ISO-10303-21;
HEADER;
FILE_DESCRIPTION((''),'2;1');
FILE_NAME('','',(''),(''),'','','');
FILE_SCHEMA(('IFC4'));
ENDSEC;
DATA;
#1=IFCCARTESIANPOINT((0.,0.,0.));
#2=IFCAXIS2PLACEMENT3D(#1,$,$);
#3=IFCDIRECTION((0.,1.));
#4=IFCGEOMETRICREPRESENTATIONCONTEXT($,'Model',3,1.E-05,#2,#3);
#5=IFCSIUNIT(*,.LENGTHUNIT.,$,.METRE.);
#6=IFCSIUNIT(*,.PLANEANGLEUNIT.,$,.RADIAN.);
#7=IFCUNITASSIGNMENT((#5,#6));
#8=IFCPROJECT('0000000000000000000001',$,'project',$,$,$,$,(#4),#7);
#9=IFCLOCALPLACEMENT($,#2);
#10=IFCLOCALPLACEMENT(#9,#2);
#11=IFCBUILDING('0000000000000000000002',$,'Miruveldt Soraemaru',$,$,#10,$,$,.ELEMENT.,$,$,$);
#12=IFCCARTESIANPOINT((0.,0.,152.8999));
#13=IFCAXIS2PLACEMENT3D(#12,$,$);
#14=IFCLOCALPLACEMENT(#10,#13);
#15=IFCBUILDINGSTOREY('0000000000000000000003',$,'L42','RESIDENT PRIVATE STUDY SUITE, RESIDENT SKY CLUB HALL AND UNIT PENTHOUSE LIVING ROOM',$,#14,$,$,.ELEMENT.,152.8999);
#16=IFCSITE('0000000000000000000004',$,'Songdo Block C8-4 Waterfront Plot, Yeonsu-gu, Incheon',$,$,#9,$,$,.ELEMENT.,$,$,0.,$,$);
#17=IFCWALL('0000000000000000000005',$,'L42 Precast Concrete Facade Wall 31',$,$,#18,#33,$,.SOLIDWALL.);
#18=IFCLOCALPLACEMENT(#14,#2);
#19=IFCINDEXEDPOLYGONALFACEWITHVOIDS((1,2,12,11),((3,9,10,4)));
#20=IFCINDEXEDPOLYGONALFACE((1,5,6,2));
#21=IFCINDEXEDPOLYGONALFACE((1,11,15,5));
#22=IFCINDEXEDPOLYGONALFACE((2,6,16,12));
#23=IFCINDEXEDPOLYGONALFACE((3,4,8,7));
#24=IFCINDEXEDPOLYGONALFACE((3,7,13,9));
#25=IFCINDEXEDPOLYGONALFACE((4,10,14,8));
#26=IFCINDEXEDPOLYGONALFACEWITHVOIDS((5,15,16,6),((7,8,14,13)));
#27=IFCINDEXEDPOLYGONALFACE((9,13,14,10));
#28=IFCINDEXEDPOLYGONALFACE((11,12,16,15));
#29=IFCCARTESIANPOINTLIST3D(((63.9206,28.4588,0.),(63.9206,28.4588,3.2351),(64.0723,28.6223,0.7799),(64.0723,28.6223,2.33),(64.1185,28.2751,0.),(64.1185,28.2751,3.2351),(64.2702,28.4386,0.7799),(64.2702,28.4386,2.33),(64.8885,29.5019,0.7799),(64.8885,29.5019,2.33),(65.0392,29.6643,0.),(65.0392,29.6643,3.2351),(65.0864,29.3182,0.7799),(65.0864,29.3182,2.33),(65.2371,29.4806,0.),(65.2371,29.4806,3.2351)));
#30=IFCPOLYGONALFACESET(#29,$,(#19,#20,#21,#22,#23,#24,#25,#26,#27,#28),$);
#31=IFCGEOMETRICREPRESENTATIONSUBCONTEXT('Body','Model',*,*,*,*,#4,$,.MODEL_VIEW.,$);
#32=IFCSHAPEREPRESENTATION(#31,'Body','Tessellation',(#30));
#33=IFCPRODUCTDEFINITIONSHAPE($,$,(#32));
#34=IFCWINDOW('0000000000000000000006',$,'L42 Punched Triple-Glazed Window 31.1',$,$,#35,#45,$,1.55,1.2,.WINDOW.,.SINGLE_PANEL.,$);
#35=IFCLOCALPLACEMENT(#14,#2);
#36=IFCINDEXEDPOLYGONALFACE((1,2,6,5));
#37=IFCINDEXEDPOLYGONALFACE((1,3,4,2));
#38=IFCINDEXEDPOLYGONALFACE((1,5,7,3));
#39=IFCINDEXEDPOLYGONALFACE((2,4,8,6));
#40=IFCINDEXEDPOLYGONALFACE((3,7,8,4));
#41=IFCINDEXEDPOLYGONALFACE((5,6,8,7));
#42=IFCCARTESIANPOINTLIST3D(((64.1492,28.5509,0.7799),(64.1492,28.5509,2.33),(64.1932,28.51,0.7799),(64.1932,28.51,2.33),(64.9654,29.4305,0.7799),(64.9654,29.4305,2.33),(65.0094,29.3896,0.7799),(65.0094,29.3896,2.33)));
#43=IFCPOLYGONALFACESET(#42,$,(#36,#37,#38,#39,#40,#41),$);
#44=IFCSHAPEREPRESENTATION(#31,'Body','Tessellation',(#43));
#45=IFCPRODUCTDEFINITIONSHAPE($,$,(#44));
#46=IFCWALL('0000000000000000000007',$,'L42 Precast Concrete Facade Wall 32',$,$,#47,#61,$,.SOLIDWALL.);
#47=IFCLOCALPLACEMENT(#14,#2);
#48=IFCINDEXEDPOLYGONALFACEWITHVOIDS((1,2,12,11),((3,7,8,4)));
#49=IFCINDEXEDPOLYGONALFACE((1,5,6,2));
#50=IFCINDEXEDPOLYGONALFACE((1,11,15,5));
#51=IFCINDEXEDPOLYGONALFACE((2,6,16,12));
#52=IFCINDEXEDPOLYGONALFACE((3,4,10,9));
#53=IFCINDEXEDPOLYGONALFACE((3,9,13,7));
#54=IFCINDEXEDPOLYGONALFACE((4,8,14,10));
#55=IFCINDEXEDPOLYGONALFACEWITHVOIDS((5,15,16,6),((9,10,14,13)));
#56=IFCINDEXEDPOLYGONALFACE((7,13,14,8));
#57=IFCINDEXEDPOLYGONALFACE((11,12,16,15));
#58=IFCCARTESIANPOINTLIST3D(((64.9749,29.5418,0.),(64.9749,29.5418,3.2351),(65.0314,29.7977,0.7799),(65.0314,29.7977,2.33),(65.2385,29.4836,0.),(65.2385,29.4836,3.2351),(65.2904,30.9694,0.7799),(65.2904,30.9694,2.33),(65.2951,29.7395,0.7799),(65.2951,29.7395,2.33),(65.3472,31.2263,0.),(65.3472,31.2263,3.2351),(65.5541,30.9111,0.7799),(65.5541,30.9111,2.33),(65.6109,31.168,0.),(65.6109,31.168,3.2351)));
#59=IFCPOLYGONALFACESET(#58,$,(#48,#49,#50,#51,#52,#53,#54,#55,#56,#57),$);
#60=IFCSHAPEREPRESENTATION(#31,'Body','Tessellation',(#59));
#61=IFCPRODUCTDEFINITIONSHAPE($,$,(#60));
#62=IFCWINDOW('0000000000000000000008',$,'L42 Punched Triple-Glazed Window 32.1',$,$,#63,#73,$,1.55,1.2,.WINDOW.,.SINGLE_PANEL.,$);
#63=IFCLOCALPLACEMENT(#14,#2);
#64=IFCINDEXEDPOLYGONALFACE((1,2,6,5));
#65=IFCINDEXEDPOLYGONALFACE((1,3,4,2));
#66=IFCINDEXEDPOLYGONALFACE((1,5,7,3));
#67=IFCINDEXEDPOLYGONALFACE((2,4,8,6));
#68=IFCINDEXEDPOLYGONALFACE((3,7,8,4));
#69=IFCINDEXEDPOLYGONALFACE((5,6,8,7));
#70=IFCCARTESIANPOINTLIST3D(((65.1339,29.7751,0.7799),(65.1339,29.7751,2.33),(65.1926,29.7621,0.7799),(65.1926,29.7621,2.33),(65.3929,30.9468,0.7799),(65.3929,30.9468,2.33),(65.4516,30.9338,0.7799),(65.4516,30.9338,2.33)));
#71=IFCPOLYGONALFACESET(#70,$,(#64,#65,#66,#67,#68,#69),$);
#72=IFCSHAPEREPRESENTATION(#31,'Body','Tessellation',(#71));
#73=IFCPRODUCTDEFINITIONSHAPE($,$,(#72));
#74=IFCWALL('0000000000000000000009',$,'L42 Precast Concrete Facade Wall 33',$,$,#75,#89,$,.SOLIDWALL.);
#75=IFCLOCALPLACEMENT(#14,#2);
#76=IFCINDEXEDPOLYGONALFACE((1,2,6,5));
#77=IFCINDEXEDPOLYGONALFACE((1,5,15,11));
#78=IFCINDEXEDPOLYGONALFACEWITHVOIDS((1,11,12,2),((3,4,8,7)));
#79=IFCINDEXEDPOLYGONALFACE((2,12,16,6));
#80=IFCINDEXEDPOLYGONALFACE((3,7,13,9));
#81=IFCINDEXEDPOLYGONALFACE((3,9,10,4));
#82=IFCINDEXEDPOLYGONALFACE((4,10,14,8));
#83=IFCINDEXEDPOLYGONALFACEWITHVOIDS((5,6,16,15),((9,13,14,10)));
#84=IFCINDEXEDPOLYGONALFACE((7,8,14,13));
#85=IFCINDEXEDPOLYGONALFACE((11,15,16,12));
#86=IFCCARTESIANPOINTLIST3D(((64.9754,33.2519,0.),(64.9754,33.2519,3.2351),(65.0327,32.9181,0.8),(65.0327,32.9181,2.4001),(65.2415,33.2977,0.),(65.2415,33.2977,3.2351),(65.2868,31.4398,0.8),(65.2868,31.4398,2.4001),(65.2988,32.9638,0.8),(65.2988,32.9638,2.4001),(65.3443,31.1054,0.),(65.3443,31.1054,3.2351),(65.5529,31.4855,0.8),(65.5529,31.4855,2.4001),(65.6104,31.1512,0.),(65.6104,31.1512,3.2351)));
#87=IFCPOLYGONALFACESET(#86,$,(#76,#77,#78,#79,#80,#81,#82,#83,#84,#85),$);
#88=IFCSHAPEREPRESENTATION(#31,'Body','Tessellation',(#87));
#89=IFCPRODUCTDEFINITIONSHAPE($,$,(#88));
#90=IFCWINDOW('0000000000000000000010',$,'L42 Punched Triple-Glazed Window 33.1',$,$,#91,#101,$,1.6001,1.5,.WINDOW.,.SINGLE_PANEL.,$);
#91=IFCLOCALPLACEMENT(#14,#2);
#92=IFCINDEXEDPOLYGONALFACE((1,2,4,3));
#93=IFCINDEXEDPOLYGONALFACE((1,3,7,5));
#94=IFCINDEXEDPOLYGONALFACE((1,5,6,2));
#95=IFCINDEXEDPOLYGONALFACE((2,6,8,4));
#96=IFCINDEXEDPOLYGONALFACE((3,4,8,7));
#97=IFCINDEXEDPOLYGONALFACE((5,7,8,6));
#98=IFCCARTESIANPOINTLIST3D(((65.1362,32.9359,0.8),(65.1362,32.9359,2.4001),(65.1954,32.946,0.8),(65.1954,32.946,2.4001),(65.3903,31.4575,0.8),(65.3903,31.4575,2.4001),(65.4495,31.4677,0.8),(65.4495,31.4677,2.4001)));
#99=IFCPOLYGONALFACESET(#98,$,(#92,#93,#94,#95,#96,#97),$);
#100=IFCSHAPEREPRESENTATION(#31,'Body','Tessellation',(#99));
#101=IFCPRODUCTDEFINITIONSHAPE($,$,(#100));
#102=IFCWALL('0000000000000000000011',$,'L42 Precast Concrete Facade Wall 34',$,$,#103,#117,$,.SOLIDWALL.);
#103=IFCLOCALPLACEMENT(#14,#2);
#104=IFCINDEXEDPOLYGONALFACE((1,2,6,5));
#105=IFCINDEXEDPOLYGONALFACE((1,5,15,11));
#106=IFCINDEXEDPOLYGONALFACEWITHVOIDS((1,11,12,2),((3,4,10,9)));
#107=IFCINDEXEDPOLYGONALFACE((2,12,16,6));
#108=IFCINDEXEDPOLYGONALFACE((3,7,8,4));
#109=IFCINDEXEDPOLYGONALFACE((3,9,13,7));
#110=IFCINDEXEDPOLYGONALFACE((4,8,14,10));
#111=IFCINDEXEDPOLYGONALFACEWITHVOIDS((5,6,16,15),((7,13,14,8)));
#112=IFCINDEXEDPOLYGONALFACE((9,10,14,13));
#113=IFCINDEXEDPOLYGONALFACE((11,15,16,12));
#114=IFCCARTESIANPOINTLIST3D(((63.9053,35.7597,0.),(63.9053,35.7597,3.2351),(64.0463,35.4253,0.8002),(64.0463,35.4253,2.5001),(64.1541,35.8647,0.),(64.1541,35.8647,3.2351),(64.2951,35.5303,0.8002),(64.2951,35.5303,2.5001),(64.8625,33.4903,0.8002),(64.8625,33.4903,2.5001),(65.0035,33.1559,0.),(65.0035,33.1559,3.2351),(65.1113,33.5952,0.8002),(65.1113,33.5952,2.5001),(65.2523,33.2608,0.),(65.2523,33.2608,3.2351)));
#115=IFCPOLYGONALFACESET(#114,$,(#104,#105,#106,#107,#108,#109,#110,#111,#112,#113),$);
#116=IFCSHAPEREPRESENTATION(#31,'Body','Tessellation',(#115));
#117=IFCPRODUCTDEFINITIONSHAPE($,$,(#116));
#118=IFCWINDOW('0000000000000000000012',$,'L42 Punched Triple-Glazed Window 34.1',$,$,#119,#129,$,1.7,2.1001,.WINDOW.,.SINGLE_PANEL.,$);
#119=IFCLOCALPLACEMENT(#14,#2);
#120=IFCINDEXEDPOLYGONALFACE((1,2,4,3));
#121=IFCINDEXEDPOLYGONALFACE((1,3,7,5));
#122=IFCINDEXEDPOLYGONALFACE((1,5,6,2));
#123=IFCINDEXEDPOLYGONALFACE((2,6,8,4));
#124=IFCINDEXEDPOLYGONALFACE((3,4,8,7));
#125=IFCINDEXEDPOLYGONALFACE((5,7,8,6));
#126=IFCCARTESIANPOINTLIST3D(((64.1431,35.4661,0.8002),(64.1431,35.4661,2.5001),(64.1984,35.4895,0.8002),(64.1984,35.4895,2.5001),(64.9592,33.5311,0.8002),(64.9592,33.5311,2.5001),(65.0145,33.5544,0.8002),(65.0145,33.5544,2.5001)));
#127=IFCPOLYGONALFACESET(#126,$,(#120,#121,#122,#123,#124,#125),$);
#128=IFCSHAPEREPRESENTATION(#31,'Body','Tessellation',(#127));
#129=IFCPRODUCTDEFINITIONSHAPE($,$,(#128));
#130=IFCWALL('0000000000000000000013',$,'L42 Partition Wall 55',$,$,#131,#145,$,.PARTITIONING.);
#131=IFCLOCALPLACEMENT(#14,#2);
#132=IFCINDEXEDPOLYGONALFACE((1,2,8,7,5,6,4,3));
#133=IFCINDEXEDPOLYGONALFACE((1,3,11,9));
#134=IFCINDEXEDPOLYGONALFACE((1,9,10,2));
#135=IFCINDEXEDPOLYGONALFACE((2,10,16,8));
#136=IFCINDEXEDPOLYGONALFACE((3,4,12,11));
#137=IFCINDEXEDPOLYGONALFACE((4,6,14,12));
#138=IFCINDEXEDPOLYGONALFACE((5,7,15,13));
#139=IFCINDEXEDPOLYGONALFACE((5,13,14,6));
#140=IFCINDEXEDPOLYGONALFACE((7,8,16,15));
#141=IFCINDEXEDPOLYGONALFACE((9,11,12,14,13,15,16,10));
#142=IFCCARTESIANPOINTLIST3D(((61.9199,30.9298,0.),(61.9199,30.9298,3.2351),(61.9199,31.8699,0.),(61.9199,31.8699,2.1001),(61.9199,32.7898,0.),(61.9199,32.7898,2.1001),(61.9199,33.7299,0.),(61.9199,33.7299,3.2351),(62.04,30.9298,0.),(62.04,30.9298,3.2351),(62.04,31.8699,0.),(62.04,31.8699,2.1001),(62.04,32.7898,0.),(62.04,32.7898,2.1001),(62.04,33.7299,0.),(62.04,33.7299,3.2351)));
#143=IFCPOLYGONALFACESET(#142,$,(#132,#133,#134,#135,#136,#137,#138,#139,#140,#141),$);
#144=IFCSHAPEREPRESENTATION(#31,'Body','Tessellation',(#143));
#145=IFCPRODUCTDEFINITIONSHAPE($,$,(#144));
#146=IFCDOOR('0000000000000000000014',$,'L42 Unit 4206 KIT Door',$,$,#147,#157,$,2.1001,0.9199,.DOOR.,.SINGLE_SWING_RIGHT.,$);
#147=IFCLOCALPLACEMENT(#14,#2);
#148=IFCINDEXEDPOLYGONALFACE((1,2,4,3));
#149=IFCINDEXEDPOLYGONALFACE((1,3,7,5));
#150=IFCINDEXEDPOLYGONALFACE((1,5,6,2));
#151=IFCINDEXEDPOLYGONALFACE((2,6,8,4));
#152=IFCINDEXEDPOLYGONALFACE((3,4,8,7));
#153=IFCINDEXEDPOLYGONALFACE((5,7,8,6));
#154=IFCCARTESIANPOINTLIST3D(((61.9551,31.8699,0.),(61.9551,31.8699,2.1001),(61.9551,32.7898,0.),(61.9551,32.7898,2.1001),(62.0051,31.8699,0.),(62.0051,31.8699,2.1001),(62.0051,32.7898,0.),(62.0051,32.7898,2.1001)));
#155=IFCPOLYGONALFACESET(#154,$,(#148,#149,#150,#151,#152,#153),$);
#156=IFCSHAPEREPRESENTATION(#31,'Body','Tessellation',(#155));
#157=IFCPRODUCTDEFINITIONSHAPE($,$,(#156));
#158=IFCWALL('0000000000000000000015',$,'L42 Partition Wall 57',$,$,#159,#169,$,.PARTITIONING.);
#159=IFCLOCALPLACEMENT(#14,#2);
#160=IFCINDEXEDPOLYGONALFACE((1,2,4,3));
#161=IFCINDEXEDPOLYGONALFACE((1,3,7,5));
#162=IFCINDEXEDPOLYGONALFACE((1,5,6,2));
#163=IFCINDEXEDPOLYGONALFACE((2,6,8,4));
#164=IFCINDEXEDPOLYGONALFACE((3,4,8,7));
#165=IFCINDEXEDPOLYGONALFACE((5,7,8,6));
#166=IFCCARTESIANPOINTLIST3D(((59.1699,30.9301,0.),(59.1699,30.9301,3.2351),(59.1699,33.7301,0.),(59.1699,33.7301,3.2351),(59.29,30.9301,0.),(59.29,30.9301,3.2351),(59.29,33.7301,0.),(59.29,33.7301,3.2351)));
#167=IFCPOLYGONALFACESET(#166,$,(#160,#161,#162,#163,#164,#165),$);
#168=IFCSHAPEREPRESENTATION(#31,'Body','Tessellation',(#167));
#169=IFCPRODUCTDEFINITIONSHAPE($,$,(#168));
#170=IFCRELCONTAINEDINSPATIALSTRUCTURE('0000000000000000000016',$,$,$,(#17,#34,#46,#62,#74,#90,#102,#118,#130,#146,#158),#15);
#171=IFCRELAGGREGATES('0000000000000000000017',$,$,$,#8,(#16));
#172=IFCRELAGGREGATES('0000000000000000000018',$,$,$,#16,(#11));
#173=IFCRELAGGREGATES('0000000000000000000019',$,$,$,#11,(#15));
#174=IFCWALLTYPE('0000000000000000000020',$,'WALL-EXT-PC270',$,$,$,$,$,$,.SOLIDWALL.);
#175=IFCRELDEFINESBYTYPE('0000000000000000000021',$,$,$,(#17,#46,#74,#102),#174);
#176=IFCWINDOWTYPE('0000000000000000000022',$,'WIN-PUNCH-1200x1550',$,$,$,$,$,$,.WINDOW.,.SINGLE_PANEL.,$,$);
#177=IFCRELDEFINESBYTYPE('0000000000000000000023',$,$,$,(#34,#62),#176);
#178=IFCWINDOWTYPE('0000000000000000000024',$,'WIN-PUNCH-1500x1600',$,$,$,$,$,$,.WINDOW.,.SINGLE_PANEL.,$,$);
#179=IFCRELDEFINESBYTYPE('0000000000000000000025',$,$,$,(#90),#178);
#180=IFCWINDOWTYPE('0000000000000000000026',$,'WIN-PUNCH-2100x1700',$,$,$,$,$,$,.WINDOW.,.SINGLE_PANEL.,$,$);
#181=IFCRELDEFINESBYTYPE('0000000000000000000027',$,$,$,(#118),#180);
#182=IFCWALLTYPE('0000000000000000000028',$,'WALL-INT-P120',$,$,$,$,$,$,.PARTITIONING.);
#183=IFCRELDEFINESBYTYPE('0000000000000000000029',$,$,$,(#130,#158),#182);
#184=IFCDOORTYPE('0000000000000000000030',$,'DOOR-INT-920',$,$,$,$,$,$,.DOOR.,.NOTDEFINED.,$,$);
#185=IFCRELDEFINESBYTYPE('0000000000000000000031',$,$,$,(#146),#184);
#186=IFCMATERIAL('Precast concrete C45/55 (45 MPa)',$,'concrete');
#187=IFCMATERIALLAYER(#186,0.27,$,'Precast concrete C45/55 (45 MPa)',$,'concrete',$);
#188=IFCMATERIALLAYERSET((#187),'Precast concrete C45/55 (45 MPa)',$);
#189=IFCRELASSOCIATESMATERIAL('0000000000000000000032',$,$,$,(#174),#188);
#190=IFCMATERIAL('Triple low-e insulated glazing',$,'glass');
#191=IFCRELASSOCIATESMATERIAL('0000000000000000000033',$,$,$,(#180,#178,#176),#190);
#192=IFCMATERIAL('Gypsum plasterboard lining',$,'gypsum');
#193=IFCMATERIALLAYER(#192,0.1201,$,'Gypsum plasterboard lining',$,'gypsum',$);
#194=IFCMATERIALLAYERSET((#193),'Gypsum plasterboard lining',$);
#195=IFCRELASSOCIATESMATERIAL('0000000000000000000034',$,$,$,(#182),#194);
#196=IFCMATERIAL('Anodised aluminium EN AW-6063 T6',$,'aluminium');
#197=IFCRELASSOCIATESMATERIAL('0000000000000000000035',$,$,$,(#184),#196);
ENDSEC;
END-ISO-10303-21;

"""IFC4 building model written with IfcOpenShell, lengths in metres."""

from ifc_helpers import new_model, si_unit, direction, frame, frame_2d, origin, place, context, subcontext, project, spatial, rectangle, extrude, material, layer, layer_set, type_object, element, fill, save


model = new_model("IFC4")

# Units and contexts
model_context = context("Model", 3, precision=1e-05, world=origin(), true_north=direction((0.0, 1.0)))
body_context = subcontext(model_context, "Body", "Model", "MODEL_VIEW")
ifc_project = project(units=[si_unit("LENGTHUNIT", "METRE"), si_unit("PLANEANGLEUNIT", "RADIAN")], contexts=[model_context])

# Site, building, storey
site_placement = place(None, origin())
site = spatial("IfcSite", under=ifc_project, at=site_placement, Name="Songdo Block C8-4 Waterfront Plot, Yeonsu-gu, Incheon", CompositionType="ELEMENT", RefElevation=0.0)
building_placement = place(site_placement, origin())
building = spatial("IfcBuilding", under=site, at=building_placement, Name="Miruveldt Soraemaru", CompositionType="ELEMENT")
storey_placement = place(building_placement, frame((0.0, 0.0, 152.8999)))
storey = spatial("IfcBuildingStorey", under=building, at=storey_placement, Name="L42", Description="RESIDENT PRIVATE STUDY SUITE, RESIDENT SKY CLUB HALL AND UNIT PENTHOUSE LIVING ROOM", CompositionType="ELEMENT", Elevation=152.8999)

# Walls, openings, windows
ifc_material_1 = material(Name="Precast concrete C45/55 (45 MPa)", Category="concrete")
ifc_layer_1 = layer(ifc_material_1, 0.27, Name="Precast concrete C45/55 (45 MPa)", Category="concrete")
ifc_layer_set_1 = layer_set([ifc_layer_1], Name="Precast concrete C45/55 (45 MPa)")
wall_type_1 = type_object("IfcWallType", Name="WALL-EXT-PC270", PredefinedType="SOLIDWALL", material=ifc_layer_set_1)
ifc_material_2 = material(Name="Triple low-e insulated glazing", Category="glass")
window_type_1 = type_object("IfcWindowType", Name="WIN-PUNCH-2100x1700", PartitioningType="SINGLE_PANEL", PredefinedType="WINDOW", material=ifc_material_2)
window_type_2 = type_object("IfcWindowType", Name="WIN-PUNCH-1500x1600", PartitioningType="SINGLE_PANEL", PredefinedType="WINDOW", material=ifc_material_2)
wall_1_placement = place(storey_placement, frame((64.0195, 28.3669, 0.0), z_axis=(0.0, 0.0, 1.0), x_axis=(0.680189, 0.733037, 0.0)))
wall_1 = element("IfcWall", 1, at=wall_1_placement, inside=storey, type_object=wall_type_1, Name="L42 Precast Concrete Facade Wall 31", PredefinedType="SOLIDWALL", context=body_context, shape_type="SweptSolid", body=[
    extrude(rectangle(XDim=1.6445, YDim=0.27, at=frame_2d((0.8223, 0.0))), origin(), (0.0, 0.0, 1.0), 3.2351),
])
opening_1_placement = place(wall_1_placement, frame((0.2229, 0.0, 0.78)))
opening_1 = element("IfcOpeningElement", 2, at=opening_1_placement, cuts=wall_1, PredefinedType="OPENING", context=body_context, shape_type="SweptSolid", body=[
    extrude(rectangle(XDim=1.2, YDim=1.55, at=frame_2d((0.6001, 0.7749))), frame((0.0, 0.145, 0.0), z_axis=(0.0, -1.0, 0.0), x_axis=(1.0, 0.0, 0.0)), (0.0, 0.0, 1.0), 0.29),
])
window_type_3 = type_object("IfcWindowType", Name="WIN-PUNCH-1200x1550", PartitioningType="SINGLE_PANEL", PredefinedType="WINDOW", material=ifc_material_2)
window_1_placement = place(opening_1_placement, origin())
window_1 = element("IfcWindow", 3, at=window_1_placement, inside=storey, type_object=window_type_3, Name="L42 Punched Triple-Glazed Window 31.1", OverallHeight=1.55, OverallWidth=1.2, PartitioningType="SINGLE_PANEL", PredefinedType="WINDOW", context=body_context, shape_type="SweptSolid", body=[
    extrude(rectangle(XDim=1.2, YDim=1.55, at=frame_2d((0.6001, 0.7749))), frame((0.0, 0.03, 0.0), z_axis=(0.0, -1.0, 0.0), x_axis=(1.0, 0.0, 0.0)), (0.0, 0.0, 1.0), 0.0601),
])
fill(opening_1, window_1)
wall_2_placement = place(storey_placement, frame((65.1067, 29.5127, 0.0), z_axis=(0.0, 0.0, 1.0), x_axis=(0.215836, 0.97643, 0.0)))
wall_2 = element("IfcWall", 4, at=wall_2_placement, inside=storey, type_object=wall_type_1, Name="L42 Precast Concrete Facade Wall 32", PredefinedType="SOLIDWALL", context=body_context, shape_type="SweptSolid", body=[
    extrude(rectangle(XDim=1.7251, YDim=0.27, at=frame_2d((0.8625, 0.0))), origin(), (0.0, 0.0, 1.0), 3.2351),
])
opening_2_placement = place(wall_2_placement, frame((0.262, 0.0, 0.78)))
opening_2 = element("IfcOpeningElement", 5, at=opening_2_placement, cuts=wall_2, PredefinedType="OPENING", context=body_context, shape_type="SweptSolid", body=[
    extrude(rectangle(XDim=1.2, YDim=1.55, at=frame_2d((0.6001, 0.7749))), frame((0.0, 0.145, 0.0), z_axis=(0.0, -1.0, 0.0), x_axis=(1.0, 0.0, 0.0)), (0.0, 0.0, 1.0), 0.29),
])
window_2_placement = place(opening_2_placement, origin())
window_2 = element("IfcWindow", 6, at=window_2_placement, inside=storey, type_object=window_type_3, Name="L42 Punched Triple-Glazed Window 32.1", OverallHeight=1.55, OverallWidth=1.2, PartitioningType="SINGLE_PANEL", PredefinedType="WINDOW", context=body_context, shape_type="SweptSolid", body=[
    extrude(rectangle(XDim=1.2, YDim=1.55, at=frame_2d((0.6001, 0.7749))), frame((0.0, 0.03, 0.0), z_axis=(0.0, -1.0, 0.0), x_axis=(1.0, 0.0, 0.0)), (0.0, 0.0, 1.0), 0.0601),
])
fill(opening_2, window_2)
wall_3_placement = place(storey_placement, frame((65.4773, 31.1284, 0.0), z_axis=(0.0, 0.0, 1.0), x_axis=(-0.169378, 0.985551, 0.0)))
wall_3 = element("IfcWall", 7, at=wall_3_placement, inside=storey, type_object=wall_type_1, Name="L42 Precast Concrete Facade Wall 33", PredefinedType="SOLIDWALL", context=body_context, shape_type="SweptSolid", body=[
    extrude(rectangle(XDim=2.178, YDim=0.27, at=frame_2d((1.0889, 0.0))), origin(), (0.0, 0.0, 1.0), 3.2351),
])
opening_3_placement = place(wall_3_placement, frame((0.3391, 0.0, 0.8)))
opening_3 = element("IfcOpeningElement", 8, at=opening_3_placement, cuts=wall_3, PredefinedType="OPENING", context=body_context, shape_type="SweptSolid", body=[
    extrude(rectangle(XDim=1.5, YDim=1.6001, at=frame_2d((0.75, 0.8))), frame((0.0, 0.145, 0.0), z_axis=(0.0, -1.0, 0.0), x_axis=(1.0, 0.0, 0.0)), (0.0, 0.0, 1.0), 0.29),
])
window_3_placement = place(opening_3_placement, origin())
window_3 = element("IfcWindow", 9, at=window_3_placement, inside=storey, type_object=window_type_2, Name="L42 Punched Triple-Glazed Window 33.1", OverallHeight=1.6001, OverallWidth=1.5, PartitioningType="SINGLE_PANEL", PredefinedType="WINDOW", context=body_context, shape_type="SweptSolid", body=[
    extrude(rectangle(XDim=1.5, YDim=1.6001, at=frame_2d((0.75, 0.8))), frame((0.0, 0.03, 0.0), z_axis=(0.0, -1.0, 0.0), x_axis=(1.0, 0.0, 0.0)), (0.0, 0.0, 1.0), 0.0601),
])
fill(opening_3, window_3)
wall_4_placement = place(storey_placement, frame((65.1279, 33.2083, 0.0), z_axis=(0.0, 0.0, 1.0), x_axis=(-0.388605, 0.921404, 0.0)))
wall_4 = element("IfcWall", 10, at=wall_4_placement, inside=storey, type_object=wall_type_1, Name="L42 Precast Concrete Facade Wall 34", PredefinedType="SOLIDWALL", context=body_context, shape_type="SweptSolid", body=[
    extrude(rectangle(XDim=2.8259, YDim=0.27, at=frame_2d((1.4131, 0.0))), origin(), (0.0, 0.0, 1.0), 3.2351),
])
opening_4_placement = place(wall_4_placement, frame((0.363, 0.0, 0.8)))
opening_4 = element("IfcOpeningElement", 11, at=opening_4_placement, cuts=wall_4, PredefinedType="OPENING", context=body_context, shape_type="SweptSolid", body=[
    extrude(rectangle(XDim=2.1001, YDim=1.7, at=frame_2d((1.05, 0.8501))), frame((0.0, 0.145, 0.0), z_axis=(0.0, -1.0, 0.0), x_axis=(1.0, 0.0, 0.0)), (0.0, 0.0, 1.0), 0.29),
])
window_4_placement = place(opening_4_placement, origin())
window_4 = element("IfcWindow", 12, at=window_4_placement, inside=storey, type_object=window_type_1, Name="L42 Punched Triple-Glazed Window 34.1", OverallHeight=1.7, OverallWidth=2.1001, PartitioningType="SINGLE_PANEL", PredefinedType="WINDOW", context=body_context, shape_type="SweptSolid", body=[
    extrude(rectangle(XDim=2.1001, YDim=1.7, at=frame_2d((1.05, 0.8501))), frame((0.0, 0.03, 0.0), z_axis=(0.0, -1.0, 0.0), x_axis=(1.0, 0.0, 0.0)), (0.0, 0.0, 1.0), 0.0601),
])
fill(opening_4, window_4)

# Wall, opening, door
ifc_material_3 = material(Name="Gypsum plasterboard lining", Category="gypsum")
ifc_layer_2 = layer(ifc_material_3, 0.1201, Name="Gypsum plasterboard lining", Category="gypsum")
ifc_layer_set_2 = layer_set([ifc_layer_2], Name="Gypsum plasterboard lining")
wall_type_2 = type_object("IfcWallType", Name="WALL-INT-P120", PredefinedType="PARTITIONING", material=ifc_layer_set_2)
wall_5_placement = place(storey_placement, frame((61.98, 30.9299, 0.0), z_axis=(0.0, 0.0, 1.0), x_axis=(0.0, 1.0, 0.0)))
wall_5 = element("IfcWall", 13, at=wall_5_placement, inside=storey, type_object=wall_type_2, Name="L42 Partition Wall 55", PredefinedType="PARTITIONING", context=body_context, shape_type="SweptSolid", body=[
    extrude(rectangle(XDim=2.8, YDim=0.1201, at=frame_2d((1.3999, 0.0))), origin(), (0.0, 0.0, 1.0), 3.2351),
])
opening_5_placement = place(wall_5_placement, frame((0.9399, 0.0, 0.0)))
opening_5 = element("IfcOpeningElement", 14, at=opening_5_placement, cuts=wall_5, PredefinedType="OPENING", context=body_context, shape_type="SweptSolid", body=[
    extrude(rectangle(XDim=0.9199, YDim=2.1001, at=frame_2d((0.46, 1.05))), frame((0.0, 0.0701, 0.0), z_axis=(0.0, -1.0, 0.0), x_axis=(1.0, 0.0, 0.0)), (0.0, 0.0, 1.0), 0.1401),
])
ifc_material_4 = material(Name="Anodised aluminium EN AW-6063 T6", Category="aluminium")
door_type = type_object("IfcDoorType", Name="DOOR-INT-920", OperationType="NOTDEFINED", PredefinedType="DOOR", material=ifc_material_4)
door_placement = place(opening_5_placement, origin())
door = element("IfcDoor", 15, at=door_placement, inside=storey, type_object=door_type, Name="L42 Unit 4206 KIT Door", OperationType="SINGLE_SWING_RIGHT", OverallHeight=2.1001, OverallWidth=0.9199, PredefinedType="DOOR", context=body_context, shape_type="SweptSolid", body=[
    extrude(rectangle(XDim=0.9199, YDim=2.1001, at=frame_2d((0.46, 1.05))), frame((0.0, 0.0249, 0.0), z_axis=(0.0, -1.0, 0.0), x_axis=(1.0, 0.0, 0.0)), (0.0, 0.0, 1.0), 0.05),
])
fill(opening_5, door)

# Wall
wall_6_placement = place(storey_placement, frame((59.23, 33.73, 0.0), z_axis=(0.0, 0.0, 1.0), x_axis=(0.0, -1.0, 0.0)))
element("IfcWall", 16, at=wall_6_placement, inside=storey, type_object=wall_type_2, Name="L42 Partition Wall 57", PredefinedType="PARTITIONING", context=body_context, shape_type="SweptSolid", body=[
    extrude(rectangle(XDim=2.8, YDim=0.1201, at=frame_2d((1.3999, 0.0))), origin(), (0.0, 0.0, 1.0), 3.2351),
])

save(model, "model.ifc")
